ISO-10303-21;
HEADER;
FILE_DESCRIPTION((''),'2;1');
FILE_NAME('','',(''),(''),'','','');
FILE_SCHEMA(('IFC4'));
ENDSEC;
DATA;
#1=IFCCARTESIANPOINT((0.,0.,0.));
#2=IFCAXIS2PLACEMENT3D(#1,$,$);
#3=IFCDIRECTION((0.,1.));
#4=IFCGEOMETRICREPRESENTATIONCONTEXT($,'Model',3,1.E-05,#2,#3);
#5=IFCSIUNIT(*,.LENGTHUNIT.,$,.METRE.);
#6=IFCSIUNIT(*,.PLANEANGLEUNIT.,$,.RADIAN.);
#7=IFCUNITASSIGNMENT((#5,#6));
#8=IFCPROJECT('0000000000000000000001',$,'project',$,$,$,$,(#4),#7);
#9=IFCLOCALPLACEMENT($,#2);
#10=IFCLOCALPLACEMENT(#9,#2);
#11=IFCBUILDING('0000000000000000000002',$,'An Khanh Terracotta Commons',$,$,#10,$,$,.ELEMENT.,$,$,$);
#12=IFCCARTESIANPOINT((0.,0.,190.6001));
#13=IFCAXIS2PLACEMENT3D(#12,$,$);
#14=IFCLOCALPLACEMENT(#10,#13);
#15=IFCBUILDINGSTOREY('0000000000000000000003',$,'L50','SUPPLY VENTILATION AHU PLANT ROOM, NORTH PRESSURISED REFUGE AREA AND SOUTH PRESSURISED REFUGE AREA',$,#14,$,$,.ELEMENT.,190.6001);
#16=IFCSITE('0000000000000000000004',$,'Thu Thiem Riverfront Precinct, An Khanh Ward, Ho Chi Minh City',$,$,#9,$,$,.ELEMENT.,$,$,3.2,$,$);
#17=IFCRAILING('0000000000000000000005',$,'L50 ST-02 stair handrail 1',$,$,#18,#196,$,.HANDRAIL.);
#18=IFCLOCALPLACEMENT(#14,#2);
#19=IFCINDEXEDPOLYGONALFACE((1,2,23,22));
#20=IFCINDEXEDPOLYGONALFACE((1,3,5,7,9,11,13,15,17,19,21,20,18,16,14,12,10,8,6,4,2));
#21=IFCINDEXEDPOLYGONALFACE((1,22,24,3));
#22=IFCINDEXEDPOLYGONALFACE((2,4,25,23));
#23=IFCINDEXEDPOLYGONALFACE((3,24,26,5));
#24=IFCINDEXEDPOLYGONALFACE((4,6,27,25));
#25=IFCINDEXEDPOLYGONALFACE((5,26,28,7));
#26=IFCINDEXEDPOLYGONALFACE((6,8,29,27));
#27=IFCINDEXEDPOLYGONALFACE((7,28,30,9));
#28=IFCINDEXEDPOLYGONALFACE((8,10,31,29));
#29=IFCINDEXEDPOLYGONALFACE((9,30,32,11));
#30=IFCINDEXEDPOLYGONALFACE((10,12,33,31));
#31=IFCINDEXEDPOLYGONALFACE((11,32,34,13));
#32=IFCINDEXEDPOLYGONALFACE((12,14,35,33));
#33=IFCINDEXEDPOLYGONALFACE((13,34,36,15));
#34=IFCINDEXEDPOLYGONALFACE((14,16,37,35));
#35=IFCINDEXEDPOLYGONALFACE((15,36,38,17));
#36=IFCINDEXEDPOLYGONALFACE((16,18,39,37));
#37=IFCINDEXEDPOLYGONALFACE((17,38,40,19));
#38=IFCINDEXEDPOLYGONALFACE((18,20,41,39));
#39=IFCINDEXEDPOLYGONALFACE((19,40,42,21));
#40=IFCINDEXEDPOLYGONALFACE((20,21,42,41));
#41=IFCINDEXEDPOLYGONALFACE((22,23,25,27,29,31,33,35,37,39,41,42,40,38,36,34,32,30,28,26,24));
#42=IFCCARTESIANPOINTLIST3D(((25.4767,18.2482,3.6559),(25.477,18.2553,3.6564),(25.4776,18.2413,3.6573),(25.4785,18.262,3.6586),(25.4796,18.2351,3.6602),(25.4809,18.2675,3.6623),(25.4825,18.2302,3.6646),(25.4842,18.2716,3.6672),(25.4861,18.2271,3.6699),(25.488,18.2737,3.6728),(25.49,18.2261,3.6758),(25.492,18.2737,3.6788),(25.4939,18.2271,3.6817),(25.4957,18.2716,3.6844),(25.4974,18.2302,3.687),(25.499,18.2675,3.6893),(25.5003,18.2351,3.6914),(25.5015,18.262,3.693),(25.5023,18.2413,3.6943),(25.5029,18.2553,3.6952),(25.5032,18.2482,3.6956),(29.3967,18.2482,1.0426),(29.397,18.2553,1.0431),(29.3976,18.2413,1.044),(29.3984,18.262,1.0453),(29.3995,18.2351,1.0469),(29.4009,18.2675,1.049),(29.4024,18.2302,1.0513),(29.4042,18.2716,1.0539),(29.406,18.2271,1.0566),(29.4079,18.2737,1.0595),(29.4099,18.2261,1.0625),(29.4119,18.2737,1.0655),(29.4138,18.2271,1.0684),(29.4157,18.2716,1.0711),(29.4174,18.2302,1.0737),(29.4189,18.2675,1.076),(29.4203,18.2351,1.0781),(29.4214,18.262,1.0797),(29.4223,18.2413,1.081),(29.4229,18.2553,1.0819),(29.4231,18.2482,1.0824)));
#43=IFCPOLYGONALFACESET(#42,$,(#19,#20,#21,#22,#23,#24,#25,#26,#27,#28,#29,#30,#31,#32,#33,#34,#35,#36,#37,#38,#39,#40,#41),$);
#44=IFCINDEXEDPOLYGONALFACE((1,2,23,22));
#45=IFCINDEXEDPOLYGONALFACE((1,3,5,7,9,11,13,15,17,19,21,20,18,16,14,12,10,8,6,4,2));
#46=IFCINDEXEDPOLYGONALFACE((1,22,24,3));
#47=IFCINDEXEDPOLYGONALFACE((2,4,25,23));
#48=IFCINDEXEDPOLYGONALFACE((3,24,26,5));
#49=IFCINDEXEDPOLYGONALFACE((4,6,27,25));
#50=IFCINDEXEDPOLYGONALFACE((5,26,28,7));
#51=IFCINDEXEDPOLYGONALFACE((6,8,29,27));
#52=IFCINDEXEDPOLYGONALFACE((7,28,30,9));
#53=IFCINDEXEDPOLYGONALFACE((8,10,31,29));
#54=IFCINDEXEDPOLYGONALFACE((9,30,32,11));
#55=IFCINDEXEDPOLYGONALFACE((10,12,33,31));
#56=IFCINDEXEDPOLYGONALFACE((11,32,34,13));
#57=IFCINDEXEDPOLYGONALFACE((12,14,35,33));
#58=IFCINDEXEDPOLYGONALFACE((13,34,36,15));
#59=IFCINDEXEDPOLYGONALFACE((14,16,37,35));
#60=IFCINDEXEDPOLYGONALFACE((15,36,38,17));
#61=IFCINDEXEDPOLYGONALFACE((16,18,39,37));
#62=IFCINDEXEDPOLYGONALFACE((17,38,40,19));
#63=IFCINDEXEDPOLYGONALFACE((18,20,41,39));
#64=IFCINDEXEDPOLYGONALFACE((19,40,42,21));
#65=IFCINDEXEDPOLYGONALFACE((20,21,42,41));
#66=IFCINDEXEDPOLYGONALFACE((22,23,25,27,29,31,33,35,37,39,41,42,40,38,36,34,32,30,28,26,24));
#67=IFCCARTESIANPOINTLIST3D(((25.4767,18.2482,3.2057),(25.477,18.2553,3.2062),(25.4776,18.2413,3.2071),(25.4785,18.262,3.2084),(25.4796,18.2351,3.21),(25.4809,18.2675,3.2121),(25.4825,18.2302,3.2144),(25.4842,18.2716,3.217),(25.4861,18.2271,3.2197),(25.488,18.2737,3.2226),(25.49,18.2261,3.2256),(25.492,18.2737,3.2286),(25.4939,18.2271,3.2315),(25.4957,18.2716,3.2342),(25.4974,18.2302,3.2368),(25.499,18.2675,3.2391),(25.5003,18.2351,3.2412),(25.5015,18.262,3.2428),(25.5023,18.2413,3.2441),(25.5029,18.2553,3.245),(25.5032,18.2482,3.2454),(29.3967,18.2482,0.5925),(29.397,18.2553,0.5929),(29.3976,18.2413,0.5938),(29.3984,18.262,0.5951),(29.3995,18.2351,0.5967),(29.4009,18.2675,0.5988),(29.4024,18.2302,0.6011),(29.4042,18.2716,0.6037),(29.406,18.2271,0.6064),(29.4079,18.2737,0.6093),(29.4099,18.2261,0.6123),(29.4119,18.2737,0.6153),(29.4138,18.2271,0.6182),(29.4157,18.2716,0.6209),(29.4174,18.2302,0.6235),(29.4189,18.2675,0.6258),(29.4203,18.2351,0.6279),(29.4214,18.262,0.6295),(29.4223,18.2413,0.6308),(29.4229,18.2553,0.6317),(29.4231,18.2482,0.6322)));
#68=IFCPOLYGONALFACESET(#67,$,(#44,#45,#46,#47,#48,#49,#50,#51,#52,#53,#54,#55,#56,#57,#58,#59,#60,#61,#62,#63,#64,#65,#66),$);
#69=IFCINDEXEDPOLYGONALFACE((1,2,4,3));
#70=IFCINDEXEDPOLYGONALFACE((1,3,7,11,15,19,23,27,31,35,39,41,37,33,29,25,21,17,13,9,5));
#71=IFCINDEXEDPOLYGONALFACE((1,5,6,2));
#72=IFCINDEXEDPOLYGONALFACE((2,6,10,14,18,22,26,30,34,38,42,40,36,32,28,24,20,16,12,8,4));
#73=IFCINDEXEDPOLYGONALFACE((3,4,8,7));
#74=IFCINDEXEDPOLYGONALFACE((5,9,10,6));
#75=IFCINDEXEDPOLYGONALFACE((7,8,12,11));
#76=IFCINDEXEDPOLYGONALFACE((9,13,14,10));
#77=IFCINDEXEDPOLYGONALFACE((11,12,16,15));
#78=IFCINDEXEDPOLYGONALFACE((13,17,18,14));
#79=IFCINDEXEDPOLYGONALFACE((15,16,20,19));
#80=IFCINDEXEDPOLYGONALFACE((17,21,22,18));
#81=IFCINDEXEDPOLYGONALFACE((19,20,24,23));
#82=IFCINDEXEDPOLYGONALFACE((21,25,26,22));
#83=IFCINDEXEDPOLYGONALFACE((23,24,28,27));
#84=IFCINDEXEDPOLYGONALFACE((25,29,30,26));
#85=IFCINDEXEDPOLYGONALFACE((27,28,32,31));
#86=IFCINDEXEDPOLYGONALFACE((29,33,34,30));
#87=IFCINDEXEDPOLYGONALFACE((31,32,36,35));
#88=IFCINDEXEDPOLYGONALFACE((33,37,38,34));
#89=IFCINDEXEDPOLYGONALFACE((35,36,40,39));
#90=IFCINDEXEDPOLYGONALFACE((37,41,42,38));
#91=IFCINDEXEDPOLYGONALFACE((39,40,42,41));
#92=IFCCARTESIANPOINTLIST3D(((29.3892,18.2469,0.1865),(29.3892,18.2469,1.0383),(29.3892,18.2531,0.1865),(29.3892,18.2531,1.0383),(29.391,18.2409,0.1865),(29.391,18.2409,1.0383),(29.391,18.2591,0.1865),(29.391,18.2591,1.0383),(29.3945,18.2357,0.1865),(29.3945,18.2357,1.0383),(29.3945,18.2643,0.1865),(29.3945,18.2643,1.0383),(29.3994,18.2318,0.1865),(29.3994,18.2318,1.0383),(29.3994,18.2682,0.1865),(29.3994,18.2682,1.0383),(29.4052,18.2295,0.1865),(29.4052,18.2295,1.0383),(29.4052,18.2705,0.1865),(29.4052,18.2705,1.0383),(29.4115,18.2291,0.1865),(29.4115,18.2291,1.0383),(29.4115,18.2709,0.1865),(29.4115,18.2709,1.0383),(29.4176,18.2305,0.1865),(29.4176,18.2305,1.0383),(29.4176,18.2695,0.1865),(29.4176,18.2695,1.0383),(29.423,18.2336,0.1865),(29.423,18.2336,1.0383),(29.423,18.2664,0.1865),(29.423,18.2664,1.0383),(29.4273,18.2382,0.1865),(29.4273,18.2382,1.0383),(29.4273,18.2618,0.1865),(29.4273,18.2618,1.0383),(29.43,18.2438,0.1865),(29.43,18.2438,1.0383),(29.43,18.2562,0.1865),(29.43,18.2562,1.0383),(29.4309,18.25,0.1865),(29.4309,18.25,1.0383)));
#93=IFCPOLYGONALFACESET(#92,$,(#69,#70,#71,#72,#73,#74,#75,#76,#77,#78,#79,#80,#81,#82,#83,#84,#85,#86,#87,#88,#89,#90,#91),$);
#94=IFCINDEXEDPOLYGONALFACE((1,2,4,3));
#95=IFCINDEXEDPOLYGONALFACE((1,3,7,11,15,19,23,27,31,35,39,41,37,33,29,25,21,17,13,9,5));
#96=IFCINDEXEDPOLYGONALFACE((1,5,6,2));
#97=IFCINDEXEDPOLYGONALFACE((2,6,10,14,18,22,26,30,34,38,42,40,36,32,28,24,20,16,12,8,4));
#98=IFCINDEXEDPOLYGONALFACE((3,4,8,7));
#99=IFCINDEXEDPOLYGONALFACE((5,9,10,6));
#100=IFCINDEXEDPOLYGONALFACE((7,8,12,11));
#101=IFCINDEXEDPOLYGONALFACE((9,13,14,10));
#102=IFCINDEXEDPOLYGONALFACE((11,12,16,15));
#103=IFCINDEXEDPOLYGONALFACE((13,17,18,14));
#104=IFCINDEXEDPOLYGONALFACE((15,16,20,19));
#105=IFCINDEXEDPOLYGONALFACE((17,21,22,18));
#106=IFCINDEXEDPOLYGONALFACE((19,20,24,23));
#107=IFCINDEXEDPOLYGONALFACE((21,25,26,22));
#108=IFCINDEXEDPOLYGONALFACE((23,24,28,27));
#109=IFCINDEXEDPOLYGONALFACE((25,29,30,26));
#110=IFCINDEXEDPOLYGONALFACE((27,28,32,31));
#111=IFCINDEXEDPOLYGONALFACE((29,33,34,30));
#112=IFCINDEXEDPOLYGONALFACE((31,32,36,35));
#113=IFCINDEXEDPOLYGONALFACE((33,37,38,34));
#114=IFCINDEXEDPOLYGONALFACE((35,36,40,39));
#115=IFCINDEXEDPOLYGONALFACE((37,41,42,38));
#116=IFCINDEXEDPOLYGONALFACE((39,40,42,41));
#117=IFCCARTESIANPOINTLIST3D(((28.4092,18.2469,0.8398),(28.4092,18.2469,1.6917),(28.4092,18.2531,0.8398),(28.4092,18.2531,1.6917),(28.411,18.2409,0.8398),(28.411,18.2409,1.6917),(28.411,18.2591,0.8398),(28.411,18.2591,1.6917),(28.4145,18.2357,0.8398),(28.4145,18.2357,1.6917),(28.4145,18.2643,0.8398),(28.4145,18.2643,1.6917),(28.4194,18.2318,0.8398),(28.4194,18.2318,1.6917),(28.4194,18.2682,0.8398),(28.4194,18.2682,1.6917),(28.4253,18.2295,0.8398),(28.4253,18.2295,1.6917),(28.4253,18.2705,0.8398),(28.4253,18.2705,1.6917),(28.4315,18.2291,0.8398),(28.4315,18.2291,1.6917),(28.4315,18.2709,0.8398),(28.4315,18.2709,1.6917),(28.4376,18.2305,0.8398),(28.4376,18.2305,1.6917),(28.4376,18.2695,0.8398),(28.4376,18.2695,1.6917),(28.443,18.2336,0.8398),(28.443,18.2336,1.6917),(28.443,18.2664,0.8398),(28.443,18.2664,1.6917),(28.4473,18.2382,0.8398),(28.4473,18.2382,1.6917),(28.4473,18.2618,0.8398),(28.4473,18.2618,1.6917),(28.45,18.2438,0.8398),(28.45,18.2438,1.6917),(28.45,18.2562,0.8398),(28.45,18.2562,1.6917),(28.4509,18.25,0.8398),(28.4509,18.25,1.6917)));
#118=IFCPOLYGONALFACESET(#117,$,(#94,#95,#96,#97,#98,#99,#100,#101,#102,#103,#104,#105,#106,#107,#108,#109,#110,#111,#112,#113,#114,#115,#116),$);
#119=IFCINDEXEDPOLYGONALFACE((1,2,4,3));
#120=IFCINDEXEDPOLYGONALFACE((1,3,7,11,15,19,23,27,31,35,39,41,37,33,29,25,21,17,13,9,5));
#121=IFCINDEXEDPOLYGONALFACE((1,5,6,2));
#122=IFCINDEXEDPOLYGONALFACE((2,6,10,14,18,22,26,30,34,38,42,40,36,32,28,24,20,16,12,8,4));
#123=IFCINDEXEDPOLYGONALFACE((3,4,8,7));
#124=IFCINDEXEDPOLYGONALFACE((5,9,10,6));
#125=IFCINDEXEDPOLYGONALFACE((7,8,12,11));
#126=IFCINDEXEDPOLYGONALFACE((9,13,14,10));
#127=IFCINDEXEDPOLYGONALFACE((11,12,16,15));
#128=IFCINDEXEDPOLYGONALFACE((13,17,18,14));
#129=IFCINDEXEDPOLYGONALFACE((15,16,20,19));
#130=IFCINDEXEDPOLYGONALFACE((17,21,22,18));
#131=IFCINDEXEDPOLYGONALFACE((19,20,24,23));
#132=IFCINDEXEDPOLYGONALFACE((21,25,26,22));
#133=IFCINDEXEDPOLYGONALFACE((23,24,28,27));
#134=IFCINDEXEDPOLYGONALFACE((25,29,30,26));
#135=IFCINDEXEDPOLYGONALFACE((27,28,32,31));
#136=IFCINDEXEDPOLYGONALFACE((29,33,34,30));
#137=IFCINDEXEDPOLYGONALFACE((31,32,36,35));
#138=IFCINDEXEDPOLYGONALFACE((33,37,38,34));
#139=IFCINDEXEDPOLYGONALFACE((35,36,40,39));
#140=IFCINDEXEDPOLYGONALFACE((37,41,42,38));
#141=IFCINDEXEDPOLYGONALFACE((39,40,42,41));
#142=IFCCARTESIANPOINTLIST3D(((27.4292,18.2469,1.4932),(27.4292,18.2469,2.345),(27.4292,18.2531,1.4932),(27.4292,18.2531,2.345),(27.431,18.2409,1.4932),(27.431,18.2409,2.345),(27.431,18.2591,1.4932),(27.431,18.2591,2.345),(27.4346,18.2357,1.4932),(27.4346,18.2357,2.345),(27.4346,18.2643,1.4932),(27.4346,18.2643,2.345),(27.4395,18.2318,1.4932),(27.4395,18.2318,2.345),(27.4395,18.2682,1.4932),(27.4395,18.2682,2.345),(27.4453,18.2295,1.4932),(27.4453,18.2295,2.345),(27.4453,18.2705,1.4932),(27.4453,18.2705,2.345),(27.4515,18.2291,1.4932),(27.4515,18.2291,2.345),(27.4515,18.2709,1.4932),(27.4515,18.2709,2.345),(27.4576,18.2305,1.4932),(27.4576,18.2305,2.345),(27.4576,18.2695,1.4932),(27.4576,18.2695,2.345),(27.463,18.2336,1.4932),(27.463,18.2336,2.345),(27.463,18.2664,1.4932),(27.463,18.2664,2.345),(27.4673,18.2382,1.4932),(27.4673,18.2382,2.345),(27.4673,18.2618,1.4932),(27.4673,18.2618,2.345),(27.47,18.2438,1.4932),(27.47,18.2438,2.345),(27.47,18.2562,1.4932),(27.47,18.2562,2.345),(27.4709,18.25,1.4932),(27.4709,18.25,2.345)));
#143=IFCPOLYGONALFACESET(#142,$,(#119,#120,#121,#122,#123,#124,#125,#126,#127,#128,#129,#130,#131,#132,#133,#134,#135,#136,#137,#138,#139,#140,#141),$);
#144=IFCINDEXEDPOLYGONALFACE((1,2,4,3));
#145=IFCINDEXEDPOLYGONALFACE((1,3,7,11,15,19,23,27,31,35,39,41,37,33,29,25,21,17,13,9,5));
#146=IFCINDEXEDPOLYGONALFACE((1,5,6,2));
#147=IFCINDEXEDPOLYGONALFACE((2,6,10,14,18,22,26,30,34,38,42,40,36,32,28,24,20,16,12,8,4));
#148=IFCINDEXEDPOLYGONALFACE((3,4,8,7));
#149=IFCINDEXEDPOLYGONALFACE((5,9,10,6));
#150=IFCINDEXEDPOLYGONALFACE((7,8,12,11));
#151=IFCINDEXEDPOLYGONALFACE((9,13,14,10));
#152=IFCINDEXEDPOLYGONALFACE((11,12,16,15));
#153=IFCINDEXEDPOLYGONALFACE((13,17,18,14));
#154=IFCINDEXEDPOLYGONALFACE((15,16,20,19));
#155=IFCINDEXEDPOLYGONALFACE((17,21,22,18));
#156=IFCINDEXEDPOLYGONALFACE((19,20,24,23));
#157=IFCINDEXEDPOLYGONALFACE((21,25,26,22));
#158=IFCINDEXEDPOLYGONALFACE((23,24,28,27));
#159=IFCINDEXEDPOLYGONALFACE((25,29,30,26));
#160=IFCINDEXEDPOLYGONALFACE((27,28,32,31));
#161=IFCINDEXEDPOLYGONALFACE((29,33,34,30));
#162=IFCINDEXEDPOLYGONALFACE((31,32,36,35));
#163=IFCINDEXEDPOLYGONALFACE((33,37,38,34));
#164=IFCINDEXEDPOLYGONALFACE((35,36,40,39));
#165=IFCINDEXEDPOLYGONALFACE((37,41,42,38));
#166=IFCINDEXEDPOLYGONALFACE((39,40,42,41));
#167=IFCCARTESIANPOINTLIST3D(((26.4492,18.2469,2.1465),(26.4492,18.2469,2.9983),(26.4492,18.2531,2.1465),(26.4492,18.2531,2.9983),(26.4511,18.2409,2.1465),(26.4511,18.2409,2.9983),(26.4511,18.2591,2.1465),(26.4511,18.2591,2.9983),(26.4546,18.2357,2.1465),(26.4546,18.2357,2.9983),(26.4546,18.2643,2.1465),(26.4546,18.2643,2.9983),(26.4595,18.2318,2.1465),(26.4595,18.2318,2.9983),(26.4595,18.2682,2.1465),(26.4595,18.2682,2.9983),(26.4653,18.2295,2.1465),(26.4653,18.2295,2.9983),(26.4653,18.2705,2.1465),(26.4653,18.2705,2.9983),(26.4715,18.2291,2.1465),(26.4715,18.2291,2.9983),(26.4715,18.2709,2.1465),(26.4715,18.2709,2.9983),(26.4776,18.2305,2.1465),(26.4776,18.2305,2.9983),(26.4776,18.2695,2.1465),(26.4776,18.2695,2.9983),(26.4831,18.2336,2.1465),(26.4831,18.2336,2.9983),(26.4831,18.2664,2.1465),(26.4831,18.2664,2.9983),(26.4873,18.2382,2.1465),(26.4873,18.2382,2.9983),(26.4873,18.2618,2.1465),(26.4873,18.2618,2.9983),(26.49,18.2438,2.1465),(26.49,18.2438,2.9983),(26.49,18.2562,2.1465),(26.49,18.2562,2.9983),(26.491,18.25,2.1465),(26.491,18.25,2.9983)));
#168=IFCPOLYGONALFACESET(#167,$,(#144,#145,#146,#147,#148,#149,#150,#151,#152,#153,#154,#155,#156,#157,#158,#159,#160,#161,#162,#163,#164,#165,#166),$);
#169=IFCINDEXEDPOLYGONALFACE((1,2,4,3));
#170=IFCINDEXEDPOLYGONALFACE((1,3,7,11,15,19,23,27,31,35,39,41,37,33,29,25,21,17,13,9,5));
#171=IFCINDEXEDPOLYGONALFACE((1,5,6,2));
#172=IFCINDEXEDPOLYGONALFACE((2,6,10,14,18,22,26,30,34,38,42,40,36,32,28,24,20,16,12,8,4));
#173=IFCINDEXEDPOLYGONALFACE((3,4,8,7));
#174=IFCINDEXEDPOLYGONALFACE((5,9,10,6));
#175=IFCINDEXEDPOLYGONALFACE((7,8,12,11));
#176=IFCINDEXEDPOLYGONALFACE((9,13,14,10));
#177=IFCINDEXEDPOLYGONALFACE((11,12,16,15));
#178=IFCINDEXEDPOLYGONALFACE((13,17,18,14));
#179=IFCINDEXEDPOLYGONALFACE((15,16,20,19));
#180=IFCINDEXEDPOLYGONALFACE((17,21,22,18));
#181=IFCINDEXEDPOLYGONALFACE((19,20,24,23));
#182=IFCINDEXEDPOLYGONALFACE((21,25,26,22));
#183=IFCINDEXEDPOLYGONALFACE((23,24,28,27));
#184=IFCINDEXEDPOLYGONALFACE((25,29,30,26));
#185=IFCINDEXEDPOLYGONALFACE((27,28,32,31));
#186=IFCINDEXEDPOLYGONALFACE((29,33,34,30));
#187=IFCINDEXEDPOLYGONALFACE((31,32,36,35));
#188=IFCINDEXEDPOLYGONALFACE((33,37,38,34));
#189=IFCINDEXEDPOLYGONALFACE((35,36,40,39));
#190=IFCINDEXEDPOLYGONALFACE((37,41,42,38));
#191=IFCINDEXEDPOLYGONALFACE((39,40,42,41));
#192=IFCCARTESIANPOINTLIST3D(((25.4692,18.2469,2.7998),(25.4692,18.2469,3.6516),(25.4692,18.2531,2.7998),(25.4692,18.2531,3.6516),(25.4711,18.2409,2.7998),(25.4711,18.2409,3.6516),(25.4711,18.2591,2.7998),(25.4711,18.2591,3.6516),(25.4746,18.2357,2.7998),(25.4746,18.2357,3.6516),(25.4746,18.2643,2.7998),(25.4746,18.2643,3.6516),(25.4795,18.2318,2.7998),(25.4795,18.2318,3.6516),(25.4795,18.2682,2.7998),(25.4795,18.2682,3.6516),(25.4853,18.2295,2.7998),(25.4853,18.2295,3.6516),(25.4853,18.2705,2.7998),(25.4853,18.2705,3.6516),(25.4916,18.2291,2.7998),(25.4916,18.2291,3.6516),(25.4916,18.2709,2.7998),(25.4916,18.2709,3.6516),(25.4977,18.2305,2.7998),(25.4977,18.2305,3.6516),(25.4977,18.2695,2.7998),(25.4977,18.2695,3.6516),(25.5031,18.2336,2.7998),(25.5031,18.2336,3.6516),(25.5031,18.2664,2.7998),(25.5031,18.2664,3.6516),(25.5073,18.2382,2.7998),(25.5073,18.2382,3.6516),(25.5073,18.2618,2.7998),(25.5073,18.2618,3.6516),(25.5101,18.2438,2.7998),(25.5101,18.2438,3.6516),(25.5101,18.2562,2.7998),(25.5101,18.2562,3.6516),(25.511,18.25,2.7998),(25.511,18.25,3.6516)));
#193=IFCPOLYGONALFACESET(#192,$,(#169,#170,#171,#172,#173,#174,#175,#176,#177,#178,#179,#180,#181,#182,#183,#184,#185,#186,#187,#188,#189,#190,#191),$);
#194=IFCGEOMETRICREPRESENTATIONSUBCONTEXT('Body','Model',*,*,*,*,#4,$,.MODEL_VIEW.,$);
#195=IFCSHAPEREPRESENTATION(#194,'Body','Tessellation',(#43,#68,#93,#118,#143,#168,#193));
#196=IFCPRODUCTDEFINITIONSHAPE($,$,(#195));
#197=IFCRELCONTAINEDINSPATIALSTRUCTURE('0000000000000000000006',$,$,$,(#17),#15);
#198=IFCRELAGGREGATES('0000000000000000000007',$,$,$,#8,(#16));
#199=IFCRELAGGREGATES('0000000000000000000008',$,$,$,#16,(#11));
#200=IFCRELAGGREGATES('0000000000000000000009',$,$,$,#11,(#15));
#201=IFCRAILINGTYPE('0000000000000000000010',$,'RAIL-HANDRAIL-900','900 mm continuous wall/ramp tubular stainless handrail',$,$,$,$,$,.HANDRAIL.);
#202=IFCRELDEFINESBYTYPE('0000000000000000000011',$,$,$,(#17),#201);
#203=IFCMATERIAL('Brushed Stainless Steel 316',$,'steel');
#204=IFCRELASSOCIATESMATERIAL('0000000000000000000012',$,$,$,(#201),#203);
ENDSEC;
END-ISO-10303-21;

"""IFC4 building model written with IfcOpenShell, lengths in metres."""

from ifc_helpers import new_model, si_unit, direction, frame, origin, origin_2d, place, context, subcontext, project, spatial, circle, extrude, material, type_object, element, save


model = new_model("IFC4")

# Units and contexts
model_context = context("Model", 3, precision=1e-05, world=origin(), true_north=direction((0.0, 1.0)))
body_context = subcontext(model_context, "Body", "Model", "MODEL_VIEW")
ifc_project = project(units=[si_unit("LENGTHUNIT", "METRE"), si_unit("PLANEANGLEUNIT", "RADIAN")], contexts=[model_context])

# Site, building, storey
site_placement = place(None, origin())
site = spatial("IfcSite", under=ifc_project, at=site_placement, Name="Thu Thiem Riverfront Precinct, An Khanh Ward, Ho Chi Minh City", CompositionType="ELEMENT", RefElevation=3.2)
building_placement = place(site_placement, origin())
building = spatial("IfcBuilding", under=site, at=building_placement, Name="An Khanh Terracotta Commons", CompositionType="ELEMENT")
storey_placement = place(building_placement, frame((0.0, 0.0, 190.6001)))
storey = spatial("IfcBuildingStorey", under=building, at=storey_placement, Name="L50", Description="SUPPLY VENTILATION AHU PLANT ROOM, NORTH PRESSURISED REFUGE AREA AND SOUTH PRESSURISED REFUGE AREA", CompositionType="ELEMENT", Elevation=190.6001)

# Railing
ifc_material_1 = material(Name="Brushed Stainless Steel 316", Category="steel")
railing_type = type_object("IfcRailingType", Name="RAIL-HANDRAIL-900", Description="900 mm continuous wall/ramp tubular stainless handrail", PredefinedType="HANDRAIL", material=ifc_material_1)
railing_placement = place(storey_placement, frame((29.4099, 18.25, 0.1865)))
element("IfcRailing", 1, at=railing_placement, inside=storey, type_object=railing_type, Name="L50 ST-02 stair handrail 1", PredefinedType="HANDRAIL", context=body_context, shape_type="SweptSolid", body=[
    extrude(circle(Radius=0.0239, at=origin_2d()), frame((0.0, 0.0, 0.876), z_axis=(-0.83205, 0.0, 0.5547), x_axis=(0.0, -1.0, 0.0)), (0.0, 0.0, 1.0), 4.7112),
    extrude(circle(Radius=0.0239, at=origin_2d()), frame((0.0, 0.0, 0.4258), z_axis=(-0.83205, 0.0, 0.5547), x_axis=(0.0, -1.0, 0.0)), (0.0, 0.0, 1.0), 4.7112),
    extrude(circle(Radius=0.021, at=origin_2d()), origin(), (0.0, 0.0, 1.0), 0.8518),
    extrude(circle(Radius=0.021, at=origin_2d()), frame((-0.98, 0.0, 0.6533)), (0.0, 0.0, 1.0), 0.8518),
    extrude(circle(Radius=0.021, at=origin_2d()), frame((-1.96, 0.0, 1.3066)), (0.0, 0.0, 1.0), 0.8518),
    extrude(circle(Radius=0.021, at=origin_2d()), frame((-2.9399, 0.0, 1.96)), (0.0, 0.0, 1.0), 0.8518),
    extrude(circle(Radius=0.021, at=origin_2d()), frame((-3.9199, 0.0, 2.6133)), (0.0, 0.0, 1.0), 0.8518),
])

save(model, "model.ifc")
